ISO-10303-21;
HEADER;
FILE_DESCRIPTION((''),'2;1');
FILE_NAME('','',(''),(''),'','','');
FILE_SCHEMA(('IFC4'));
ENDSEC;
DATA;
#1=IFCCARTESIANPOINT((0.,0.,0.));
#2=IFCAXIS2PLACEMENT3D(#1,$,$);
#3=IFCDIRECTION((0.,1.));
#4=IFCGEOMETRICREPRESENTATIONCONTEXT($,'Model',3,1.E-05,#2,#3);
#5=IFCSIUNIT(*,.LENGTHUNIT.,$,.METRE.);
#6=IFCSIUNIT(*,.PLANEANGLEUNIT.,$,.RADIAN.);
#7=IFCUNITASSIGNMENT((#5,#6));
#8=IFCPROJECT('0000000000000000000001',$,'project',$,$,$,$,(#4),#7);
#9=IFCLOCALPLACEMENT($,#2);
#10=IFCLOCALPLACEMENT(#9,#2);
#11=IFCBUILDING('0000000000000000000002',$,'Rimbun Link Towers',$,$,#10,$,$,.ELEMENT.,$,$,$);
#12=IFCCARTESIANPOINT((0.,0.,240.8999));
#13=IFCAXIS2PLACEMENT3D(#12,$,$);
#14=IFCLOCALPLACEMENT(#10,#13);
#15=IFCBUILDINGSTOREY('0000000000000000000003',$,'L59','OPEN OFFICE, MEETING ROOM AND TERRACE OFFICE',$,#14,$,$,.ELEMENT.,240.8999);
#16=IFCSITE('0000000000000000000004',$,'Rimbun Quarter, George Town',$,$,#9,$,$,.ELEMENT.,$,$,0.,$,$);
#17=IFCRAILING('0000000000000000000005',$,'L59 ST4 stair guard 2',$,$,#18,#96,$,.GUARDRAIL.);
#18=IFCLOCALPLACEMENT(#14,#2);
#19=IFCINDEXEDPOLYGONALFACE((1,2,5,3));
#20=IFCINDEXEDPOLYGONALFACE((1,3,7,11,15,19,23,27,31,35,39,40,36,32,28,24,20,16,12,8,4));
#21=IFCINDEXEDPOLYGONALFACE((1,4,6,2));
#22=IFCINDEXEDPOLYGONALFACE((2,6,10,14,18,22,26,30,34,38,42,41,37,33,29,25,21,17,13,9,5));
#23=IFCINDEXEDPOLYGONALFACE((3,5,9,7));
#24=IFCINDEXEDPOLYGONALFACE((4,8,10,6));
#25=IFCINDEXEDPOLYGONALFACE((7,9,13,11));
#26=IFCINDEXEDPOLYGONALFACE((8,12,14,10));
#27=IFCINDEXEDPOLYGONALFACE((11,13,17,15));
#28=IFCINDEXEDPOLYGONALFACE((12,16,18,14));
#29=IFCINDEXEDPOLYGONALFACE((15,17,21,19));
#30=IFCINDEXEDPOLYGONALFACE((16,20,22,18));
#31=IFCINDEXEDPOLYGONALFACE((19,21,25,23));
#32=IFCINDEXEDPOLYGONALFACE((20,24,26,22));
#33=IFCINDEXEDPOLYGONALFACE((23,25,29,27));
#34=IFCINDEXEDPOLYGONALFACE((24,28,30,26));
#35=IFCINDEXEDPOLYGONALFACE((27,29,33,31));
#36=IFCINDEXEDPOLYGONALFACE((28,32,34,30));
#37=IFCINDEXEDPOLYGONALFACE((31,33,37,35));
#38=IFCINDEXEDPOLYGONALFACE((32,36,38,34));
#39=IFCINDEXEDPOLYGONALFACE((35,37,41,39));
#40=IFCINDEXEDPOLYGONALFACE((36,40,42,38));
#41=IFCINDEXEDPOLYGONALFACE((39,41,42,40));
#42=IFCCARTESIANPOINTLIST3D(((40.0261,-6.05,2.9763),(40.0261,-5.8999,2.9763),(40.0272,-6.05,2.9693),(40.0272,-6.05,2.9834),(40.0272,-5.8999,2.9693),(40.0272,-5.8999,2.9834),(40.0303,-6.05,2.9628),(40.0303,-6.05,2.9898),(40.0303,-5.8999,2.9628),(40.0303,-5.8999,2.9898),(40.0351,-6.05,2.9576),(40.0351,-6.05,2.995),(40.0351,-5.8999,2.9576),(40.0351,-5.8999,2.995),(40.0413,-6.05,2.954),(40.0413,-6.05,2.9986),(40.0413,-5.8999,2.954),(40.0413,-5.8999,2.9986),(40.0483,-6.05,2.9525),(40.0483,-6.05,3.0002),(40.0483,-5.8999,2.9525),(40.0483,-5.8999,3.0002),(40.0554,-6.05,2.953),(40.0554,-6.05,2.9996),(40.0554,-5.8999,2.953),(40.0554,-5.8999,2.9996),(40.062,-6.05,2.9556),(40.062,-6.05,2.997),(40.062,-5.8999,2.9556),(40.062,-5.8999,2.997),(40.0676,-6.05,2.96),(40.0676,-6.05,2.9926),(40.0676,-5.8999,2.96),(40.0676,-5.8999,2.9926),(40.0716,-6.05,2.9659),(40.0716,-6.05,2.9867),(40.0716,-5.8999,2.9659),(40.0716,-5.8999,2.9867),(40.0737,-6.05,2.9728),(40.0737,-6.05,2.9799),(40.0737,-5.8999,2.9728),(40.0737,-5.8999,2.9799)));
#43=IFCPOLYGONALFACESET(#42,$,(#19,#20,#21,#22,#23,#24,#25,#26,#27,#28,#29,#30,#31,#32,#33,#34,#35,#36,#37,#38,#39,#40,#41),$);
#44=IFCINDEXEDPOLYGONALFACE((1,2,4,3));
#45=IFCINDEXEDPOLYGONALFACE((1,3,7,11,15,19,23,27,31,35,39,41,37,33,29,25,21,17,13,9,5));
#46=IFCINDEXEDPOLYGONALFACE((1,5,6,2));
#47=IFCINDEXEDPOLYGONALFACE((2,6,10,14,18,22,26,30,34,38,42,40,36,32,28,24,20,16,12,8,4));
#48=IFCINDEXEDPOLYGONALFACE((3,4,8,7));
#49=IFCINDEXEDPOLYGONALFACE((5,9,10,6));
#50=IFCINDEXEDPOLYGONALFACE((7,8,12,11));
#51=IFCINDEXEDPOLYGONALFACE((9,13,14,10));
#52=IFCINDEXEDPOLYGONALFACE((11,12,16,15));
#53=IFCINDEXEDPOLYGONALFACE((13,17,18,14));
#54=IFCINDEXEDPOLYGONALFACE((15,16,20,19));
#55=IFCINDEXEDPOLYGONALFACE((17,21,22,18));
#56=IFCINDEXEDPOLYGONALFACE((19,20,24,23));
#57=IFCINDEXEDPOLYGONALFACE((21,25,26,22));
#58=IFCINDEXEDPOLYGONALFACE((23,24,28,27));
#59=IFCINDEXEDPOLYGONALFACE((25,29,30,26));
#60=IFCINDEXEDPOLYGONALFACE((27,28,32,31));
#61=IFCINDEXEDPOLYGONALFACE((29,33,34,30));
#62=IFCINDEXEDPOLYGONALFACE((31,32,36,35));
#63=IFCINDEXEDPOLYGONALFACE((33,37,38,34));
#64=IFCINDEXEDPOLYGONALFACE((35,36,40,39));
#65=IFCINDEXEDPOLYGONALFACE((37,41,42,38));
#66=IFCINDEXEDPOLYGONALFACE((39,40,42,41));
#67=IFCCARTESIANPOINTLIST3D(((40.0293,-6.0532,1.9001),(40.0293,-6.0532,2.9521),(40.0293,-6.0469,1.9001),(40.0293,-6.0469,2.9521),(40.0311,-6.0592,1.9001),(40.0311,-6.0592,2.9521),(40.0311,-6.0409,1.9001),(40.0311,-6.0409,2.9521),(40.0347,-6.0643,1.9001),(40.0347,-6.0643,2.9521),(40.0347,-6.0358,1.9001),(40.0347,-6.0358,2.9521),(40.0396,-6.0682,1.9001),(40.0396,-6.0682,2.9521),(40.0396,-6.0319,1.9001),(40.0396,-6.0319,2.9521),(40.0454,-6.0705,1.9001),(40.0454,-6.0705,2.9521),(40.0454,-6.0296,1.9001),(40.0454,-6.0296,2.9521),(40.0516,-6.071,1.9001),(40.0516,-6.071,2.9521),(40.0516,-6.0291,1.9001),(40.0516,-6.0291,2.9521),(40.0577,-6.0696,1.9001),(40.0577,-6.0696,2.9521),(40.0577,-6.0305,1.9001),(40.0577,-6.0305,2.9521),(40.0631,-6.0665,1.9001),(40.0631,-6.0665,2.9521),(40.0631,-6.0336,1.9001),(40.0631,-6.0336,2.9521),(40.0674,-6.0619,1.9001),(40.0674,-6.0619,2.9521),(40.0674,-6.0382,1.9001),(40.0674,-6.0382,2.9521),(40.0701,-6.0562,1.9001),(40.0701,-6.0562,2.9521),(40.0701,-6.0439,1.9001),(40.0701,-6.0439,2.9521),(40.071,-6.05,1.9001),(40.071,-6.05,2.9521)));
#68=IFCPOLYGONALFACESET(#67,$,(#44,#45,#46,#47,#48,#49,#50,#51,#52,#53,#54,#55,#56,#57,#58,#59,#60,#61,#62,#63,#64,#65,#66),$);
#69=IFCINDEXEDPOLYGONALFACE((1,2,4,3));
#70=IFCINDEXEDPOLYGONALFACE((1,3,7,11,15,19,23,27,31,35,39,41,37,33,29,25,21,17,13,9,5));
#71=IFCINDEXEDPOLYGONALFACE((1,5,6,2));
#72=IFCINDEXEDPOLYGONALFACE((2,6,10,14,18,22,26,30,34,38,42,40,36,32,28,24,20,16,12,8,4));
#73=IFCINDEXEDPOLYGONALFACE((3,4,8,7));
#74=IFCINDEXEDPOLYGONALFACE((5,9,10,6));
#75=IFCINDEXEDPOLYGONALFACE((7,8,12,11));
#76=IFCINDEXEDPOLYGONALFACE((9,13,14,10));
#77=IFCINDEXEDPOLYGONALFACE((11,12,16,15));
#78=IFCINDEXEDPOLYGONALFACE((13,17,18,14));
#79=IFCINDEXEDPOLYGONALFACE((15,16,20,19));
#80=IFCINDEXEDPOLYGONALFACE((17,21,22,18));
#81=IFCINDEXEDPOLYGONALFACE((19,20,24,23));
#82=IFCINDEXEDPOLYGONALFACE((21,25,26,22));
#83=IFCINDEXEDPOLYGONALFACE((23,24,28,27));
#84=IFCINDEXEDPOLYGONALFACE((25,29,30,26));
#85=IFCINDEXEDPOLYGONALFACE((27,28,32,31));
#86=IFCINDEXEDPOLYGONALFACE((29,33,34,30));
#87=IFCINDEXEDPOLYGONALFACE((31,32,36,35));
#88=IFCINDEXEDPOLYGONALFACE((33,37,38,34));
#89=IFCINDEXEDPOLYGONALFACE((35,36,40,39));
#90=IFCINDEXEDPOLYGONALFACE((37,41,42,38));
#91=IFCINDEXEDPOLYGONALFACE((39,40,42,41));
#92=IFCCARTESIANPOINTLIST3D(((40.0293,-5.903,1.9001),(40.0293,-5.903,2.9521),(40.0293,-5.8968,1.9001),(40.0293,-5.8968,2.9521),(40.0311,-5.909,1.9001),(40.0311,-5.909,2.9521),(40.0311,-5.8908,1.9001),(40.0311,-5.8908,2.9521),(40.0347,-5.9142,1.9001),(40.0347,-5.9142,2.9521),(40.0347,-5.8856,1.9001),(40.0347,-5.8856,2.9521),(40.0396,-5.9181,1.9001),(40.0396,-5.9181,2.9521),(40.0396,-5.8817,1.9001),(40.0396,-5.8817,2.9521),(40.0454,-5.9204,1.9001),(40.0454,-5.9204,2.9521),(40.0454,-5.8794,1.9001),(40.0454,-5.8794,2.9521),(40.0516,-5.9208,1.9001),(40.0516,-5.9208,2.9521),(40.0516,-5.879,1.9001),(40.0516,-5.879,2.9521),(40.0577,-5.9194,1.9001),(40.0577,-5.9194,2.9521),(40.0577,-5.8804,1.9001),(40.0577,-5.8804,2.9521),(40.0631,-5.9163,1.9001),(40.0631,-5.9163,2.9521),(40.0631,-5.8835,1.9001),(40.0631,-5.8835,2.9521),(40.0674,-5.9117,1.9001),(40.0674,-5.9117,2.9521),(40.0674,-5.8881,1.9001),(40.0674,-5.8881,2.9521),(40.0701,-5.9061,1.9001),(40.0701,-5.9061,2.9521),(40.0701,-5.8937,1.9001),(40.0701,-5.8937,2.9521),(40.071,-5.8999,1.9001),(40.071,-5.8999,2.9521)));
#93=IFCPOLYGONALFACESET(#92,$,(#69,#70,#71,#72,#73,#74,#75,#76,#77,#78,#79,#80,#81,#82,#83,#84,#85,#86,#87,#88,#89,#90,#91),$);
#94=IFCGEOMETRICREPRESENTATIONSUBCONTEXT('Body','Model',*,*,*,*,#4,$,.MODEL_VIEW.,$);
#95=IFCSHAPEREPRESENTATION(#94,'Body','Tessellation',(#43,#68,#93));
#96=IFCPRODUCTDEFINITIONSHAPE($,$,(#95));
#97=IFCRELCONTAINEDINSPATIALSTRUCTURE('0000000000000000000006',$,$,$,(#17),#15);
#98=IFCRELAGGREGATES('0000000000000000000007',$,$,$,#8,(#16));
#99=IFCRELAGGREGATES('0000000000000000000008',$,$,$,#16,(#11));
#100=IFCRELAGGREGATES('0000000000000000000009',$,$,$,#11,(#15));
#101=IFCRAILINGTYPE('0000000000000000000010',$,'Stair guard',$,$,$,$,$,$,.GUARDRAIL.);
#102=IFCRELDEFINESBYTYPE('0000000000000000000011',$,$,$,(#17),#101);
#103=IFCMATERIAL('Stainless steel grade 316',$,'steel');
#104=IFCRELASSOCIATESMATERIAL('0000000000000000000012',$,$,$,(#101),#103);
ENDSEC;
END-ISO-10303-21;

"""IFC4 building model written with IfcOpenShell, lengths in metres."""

from ifc_helpers import new_model, si_unit, direction, frame, origin, origin_2d, place, context, subcontext, project, spatial, circle, extrude, material, type_object, element, save


model = new_model("IFC4")

# Units and contexts
model_context = context("Model", 3, precision=1e-05, world=origin(), true_north=direction((0.0, 1.0)))
body_context = subcontext(model_context, "Body", "Model", "MODEL_VIEW")
ifc_project = project(units=[si_unit("LENGTHUNIT", "METRE"), si_unit("PLANEANGLEUNIT", "RADIAN")], contexts=[model_context])

# Site, building, storey
site_placement = place(None, origin())
site = spatial("IfcSite", under=ifc_project, at=site_placement, Name="Rimbun Quarter, George Town", CompositionType="ELEMENT", RefElevation=0.0)
building_placement = place(site_placement, origin())
building = spatial("IfcBuilding", under=site, at=building_placement, Name="Rimbun Link Towers", CompositionType="ELEMENT")
storey_placement = place(building_placement, frame((0.0, 0.0, 240.8999)))
storey = spatial("IfcBuildingStorey", under=building, at=storey_placement, Name="L59", Description="OPEN OFFICE, MEETING ROOM AND TERRACE OFFICE", CompositionType="ELEMENT", Elevation=240.8999)

# Railing
ifc_material_1 = material(Name="Stainless steel grade 316", Category="steel")
railing_type_1 = type_object("IfcRailingType", Name="Stair guard", PredefinedType="GUARDRAIL", material=ifc_material_1)
railing_1_placement = place(storey_placement, frame((40.05, -6.05, 1.9001)))
element("IfcRailing", 1, at=railing_1_placement, inside=storey, type_object=railing_type_1, Name="L59 ST4 stair guard 2", PredefinedType="GUARDRAIL", context=body_context, shape_type="SweptSolid", body=[
    extrude(circle(Radius=0.0239, at=origin_2d()), frame((0.0, 0.0, 1.0762), z_axis=(0.0, 1.0, 0.0), x_axis=(-1.0, 0.0, 0.0)), (0.0, 0.0, 1.0), 0.1501),
    extrude(circle(Radius=0.021, at=origin_2d()), origin(), (0.0, 0.0, 1.0), 1.052),
    extrude(circle(Radius=0.021, at=origin_2d()), frame((0.0, 0.1501, 0.0)), (0.0, 0.0, 1.0), 1.052),
])

save(model, "model.ifc")
